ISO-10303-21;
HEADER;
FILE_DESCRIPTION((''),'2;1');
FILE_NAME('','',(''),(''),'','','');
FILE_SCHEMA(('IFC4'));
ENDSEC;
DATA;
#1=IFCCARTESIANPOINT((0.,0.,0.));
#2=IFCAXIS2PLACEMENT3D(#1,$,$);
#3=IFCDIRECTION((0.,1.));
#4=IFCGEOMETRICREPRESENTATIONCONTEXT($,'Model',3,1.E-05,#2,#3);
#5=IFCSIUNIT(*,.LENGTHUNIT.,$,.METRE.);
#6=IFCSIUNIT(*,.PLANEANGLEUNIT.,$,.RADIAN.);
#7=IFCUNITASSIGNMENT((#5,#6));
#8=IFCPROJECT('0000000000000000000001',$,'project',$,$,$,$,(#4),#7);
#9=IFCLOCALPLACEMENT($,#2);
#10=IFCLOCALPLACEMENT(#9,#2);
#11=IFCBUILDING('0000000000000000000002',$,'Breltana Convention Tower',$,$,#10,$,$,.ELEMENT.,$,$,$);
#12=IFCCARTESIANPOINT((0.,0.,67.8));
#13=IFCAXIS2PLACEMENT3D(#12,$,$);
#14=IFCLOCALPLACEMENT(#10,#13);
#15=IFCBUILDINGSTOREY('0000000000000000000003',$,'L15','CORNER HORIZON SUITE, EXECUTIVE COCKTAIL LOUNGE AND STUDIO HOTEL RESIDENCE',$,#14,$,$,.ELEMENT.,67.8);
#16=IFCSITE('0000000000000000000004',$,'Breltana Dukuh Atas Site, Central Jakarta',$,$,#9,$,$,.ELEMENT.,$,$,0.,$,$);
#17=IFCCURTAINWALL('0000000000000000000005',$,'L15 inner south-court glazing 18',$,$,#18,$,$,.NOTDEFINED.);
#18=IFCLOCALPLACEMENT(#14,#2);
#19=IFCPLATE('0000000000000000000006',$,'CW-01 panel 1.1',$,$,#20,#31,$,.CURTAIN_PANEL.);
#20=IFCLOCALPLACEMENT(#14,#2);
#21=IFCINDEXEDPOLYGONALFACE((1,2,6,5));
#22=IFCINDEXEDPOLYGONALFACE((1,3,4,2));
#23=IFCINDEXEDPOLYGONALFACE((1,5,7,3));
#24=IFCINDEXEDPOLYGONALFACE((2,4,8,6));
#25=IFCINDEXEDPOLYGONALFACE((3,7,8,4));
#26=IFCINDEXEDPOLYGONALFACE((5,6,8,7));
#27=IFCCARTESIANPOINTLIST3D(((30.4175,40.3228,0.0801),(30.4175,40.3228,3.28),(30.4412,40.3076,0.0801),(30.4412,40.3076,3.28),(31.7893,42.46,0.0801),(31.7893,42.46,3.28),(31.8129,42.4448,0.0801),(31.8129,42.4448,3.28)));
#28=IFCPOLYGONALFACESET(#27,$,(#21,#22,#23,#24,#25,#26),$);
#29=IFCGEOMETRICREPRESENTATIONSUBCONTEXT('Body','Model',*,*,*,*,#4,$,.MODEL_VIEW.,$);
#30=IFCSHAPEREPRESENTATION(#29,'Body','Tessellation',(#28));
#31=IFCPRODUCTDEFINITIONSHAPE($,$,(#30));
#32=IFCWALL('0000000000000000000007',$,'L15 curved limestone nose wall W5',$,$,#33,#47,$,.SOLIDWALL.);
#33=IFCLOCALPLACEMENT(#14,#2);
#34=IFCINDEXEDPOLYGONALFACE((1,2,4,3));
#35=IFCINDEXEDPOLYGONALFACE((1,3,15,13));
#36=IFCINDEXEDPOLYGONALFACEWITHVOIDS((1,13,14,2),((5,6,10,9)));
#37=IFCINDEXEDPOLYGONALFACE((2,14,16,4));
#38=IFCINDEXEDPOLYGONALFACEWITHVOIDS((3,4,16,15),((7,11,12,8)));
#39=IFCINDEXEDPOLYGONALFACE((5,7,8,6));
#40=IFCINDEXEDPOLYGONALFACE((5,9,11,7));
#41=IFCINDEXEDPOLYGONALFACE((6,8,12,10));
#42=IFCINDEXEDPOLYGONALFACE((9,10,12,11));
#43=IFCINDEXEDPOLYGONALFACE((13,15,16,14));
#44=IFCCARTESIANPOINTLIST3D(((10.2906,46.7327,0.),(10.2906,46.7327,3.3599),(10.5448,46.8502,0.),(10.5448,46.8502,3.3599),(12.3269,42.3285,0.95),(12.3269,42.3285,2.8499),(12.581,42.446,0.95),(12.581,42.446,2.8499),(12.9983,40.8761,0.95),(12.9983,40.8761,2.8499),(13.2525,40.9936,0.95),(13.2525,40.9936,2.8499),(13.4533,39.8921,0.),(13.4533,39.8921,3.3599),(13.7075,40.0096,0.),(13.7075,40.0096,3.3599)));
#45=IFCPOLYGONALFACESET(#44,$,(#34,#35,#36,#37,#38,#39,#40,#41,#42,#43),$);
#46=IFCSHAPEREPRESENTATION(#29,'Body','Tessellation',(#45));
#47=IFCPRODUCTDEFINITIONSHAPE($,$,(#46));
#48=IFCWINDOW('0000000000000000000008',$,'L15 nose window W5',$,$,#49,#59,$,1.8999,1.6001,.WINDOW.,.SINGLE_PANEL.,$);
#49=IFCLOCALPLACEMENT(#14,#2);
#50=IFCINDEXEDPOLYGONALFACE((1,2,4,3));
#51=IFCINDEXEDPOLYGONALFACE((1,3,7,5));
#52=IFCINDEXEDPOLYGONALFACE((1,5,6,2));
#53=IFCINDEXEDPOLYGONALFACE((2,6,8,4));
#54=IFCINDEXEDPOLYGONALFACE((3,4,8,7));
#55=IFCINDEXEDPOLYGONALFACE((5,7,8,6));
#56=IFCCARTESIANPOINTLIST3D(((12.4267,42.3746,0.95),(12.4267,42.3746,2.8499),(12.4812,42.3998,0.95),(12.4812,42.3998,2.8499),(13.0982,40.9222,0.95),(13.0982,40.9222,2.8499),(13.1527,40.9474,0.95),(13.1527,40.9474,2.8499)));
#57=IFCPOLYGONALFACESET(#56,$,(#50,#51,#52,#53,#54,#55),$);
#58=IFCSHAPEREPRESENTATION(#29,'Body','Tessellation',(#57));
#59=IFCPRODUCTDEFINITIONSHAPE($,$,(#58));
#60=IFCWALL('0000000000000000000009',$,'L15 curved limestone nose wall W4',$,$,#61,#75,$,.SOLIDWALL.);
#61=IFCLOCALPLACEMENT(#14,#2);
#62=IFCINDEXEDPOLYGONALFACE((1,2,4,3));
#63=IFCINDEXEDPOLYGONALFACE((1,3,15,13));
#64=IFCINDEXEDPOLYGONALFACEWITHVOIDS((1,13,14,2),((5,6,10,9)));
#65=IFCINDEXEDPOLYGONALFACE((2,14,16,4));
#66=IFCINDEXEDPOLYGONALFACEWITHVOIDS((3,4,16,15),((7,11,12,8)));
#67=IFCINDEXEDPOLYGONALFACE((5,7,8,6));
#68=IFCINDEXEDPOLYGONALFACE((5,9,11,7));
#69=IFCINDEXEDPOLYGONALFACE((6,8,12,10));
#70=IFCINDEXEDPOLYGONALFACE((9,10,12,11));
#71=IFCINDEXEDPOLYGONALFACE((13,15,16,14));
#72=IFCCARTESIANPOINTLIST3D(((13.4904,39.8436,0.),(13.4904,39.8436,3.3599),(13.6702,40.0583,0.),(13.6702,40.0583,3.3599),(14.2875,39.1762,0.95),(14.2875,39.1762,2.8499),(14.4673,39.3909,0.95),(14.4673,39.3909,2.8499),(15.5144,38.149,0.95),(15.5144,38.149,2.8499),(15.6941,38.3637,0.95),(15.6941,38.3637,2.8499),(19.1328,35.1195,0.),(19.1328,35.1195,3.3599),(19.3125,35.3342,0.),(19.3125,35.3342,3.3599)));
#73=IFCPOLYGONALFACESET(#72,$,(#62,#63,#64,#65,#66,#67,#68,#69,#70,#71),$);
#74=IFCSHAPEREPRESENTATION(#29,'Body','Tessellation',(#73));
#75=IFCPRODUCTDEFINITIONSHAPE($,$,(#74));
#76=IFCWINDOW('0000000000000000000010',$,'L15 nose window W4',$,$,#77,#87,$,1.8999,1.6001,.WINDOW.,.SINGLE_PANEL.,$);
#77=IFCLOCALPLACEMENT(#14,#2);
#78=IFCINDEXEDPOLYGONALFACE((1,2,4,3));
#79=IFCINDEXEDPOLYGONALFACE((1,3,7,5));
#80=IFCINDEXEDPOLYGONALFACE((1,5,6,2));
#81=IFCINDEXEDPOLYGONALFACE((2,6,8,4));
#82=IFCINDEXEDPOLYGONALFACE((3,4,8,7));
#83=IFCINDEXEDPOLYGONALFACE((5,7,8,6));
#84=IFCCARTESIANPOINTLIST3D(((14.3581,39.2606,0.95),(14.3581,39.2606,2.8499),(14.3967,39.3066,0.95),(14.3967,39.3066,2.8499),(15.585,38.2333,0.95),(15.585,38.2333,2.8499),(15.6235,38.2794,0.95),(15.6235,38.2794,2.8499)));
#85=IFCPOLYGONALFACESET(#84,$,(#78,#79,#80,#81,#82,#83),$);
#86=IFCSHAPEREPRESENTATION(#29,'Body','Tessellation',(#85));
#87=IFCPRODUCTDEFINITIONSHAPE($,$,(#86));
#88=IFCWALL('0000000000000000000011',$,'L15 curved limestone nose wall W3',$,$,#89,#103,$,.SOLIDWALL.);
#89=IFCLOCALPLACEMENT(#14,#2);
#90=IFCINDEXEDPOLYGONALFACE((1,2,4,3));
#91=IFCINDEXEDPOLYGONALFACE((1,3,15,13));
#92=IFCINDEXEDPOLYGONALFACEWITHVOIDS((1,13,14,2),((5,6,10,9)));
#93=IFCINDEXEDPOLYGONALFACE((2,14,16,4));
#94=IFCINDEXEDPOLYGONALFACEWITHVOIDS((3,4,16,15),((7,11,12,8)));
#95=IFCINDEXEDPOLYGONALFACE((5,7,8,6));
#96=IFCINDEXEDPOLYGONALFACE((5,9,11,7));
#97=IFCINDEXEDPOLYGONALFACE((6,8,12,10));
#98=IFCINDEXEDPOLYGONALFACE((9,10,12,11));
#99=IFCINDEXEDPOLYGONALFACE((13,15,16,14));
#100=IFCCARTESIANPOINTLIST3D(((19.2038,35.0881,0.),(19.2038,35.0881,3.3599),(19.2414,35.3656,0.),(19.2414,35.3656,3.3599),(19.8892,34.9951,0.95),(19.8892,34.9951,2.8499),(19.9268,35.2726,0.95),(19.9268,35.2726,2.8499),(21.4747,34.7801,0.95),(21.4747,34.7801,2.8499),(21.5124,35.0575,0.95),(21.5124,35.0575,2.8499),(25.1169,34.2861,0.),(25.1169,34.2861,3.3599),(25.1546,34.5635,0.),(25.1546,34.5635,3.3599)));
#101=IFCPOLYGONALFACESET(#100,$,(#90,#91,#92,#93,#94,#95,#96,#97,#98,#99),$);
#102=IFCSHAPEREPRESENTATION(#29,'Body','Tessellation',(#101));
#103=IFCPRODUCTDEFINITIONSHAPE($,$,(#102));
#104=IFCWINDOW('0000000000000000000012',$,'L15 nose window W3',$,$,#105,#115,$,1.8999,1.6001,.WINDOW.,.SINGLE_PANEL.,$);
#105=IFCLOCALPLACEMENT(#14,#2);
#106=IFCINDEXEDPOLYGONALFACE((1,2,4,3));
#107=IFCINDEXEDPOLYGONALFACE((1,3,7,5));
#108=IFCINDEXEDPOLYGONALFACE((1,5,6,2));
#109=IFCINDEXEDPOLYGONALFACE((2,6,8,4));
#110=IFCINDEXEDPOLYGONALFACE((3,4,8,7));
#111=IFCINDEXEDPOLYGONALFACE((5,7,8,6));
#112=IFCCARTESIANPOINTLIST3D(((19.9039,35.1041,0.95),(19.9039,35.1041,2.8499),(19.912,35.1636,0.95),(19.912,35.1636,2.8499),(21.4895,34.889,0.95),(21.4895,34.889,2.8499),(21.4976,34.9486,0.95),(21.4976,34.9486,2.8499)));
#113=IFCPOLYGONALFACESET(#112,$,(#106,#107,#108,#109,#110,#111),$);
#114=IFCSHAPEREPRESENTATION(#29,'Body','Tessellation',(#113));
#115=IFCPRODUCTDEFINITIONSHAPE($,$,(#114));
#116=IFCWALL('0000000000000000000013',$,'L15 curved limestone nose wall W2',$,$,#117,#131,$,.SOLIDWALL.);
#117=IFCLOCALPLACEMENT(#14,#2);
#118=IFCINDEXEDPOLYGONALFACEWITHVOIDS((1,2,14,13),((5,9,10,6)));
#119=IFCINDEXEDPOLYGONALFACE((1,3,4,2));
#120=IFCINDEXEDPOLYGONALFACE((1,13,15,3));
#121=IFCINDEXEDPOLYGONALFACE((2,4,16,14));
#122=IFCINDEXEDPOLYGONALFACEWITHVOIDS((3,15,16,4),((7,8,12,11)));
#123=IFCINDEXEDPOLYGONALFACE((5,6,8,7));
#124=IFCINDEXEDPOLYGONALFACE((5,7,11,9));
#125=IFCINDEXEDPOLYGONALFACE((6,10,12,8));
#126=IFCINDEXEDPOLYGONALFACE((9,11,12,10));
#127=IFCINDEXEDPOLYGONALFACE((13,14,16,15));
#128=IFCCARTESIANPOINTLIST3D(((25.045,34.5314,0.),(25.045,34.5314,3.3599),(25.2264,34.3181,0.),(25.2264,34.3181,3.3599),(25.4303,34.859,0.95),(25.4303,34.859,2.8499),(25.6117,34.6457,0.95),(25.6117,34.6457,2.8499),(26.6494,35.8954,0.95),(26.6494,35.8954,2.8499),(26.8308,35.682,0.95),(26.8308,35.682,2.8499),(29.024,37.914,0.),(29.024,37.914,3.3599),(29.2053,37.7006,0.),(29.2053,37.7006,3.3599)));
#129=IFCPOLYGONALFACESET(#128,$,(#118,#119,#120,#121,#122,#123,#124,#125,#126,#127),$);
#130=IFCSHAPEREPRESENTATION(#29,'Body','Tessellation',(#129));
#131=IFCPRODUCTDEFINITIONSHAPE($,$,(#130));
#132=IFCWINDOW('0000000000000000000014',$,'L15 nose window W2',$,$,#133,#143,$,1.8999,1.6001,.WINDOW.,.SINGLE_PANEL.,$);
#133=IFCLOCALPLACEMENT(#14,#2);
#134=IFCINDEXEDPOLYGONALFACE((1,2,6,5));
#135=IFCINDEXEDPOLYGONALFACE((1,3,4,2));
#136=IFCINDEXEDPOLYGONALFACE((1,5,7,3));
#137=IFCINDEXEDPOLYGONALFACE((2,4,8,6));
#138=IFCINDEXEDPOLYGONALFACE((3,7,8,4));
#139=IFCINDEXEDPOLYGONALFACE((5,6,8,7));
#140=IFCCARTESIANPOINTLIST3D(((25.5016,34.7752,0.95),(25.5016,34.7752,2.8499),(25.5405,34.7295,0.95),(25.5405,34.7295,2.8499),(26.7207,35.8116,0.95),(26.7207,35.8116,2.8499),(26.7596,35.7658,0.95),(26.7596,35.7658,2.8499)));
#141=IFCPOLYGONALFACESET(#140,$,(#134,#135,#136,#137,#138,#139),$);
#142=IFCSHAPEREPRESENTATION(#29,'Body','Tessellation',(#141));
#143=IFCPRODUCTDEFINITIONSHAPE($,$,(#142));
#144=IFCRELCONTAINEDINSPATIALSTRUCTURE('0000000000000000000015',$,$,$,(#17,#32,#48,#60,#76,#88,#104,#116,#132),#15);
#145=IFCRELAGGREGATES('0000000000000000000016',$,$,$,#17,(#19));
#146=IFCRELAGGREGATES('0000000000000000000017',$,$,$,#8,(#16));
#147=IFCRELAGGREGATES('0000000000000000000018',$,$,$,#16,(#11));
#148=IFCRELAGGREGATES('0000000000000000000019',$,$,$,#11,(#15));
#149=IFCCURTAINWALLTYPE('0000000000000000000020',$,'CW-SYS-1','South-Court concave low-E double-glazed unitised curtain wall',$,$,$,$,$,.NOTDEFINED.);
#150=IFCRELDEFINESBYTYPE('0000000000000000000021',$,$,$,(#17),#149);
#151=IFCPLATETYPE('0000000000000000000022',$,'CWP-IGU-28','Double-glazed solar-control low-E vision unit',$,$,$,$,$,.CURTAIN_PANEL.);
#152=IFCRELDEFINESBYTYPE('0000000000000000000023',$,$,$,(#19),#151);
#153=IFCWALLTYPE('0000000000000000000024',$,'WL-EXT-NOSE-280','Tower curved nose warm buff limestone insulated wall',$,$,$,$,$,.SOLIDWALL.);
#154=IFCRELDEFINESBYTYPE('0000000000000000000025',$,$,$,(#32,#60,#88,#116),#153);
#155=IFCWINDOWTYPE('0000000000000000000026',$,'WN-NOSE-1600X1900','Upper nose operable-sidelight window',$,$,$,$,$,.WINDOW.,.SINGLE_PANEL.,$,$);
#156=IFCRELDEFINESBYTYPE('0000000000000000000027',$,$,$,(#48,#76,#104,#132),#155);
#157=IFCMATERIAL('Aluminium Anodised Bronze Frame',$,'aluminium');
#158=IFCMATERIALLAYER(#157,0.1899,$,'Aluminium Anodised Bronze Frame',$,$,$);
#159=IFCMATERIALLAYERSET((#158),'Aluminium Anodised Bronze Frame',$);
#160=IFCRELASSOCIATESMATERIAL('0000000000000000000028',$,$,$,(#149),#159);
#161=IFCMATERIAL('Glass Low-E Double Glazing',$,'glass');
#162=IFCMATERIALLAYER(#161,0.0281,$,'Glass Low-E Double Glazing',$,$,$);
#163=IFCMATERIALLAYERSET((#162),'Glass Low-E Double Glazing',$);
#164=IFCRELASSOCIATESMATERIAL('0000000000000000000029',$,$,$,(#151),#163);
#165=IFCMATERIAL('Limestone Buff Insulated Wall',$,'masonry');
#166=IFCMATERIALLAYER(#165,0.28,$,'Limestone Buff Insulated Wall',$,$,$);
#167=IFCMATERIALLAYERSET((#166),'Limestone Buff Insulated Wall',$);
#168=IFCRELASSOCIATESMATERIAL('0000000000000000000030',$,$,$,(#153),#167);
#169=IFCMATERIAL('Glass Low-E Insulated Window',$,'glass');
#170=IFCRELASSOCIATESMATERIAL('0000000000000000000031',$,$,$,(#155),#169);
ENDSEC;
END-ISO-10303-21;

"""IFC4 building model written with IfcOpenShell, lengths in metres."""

from ifc_helpers import new_model, si_unit, direction, frame, frame_2d, origin, origin_2d, place, context, subcontext, project, spatial, rectangle, extrude, source, transform, mapped, material, layer, layer_set, type_object, type_shapes, element, fill, aggregate, save


model = new_model("IFC4")

# Units and contexts
model_context = context("Model", 3, precision=1e-05, world=origin(), true_north=direction((0.0, 1.0)))
body_context = subcontext(model_context, "Body", "Model", "MODEL_VIEW")
ifc_project = project(units=[si_unit("LENGTHUNIT", "METRE"), si_unit("PLANEANGLEUNIT", "RADIAN")], contexts=[model_context])

# Site, building, storey
site_placement = place(None, origin())
site = spatial("IfcSite", under=ifc_project, at=site_placement, Name="Breltana Dukuh Atas Site, Central Jakarta", CompositionType="ELEMENT", RefElevation=0.0)
building_placement = place(site_placement, origin())
building = spatial("IfcBuilding", under=site, at=building_placement, Name="Breltana Convention Tower", CompositionType="ELEMENT")
storey_placement = place(building_placement, frame((0.0, 0.0, 67.8)))
storey = spatial("IfcBuildingStorey", under=building, at=storey_placement, Name="L15", Description="CORNER HORIZON SUITE, EXECUTIVE COCKTAIL LOUNGE AND STUDIO HOTEL RESIDENCE", CompositionType="ELEMENT", Elevation=67.8)

# Curtain wall
ifc_material_1 = material(Name="Aluminium Anodised Bronze Frame", Category="aluminium")
ifc_layer_1 = layer(ifc_material_1, 0.1899, Name="Aluminium Anodised Bronze Frame")
ifc_layer_set_1 = layer_set([ifc_layer_1], Name="Aluminium Anodised Bronze Frame")
curtain_wall_type = type_object("IfcCurtainWallType", Name="CW-SYS-1", Description="South-Court concave low-E double-glazed unitised curtain wall", PredefinedType="NOTDEFINED", material=ifc_layer_set_1)
curtain_wall_1_placement = place(storey_placement, origin())
curtain_wall_1 = element("IfcCurtainWall", 1, at=curtain_wall_1_placement, inside=storey, type_object=curtain_wall_type, Name="L15 inner south-court glazing 18", PredefinedType="NOTDEFINED")

# Plate
ifc_material_2 = material(Name="Glass Low-E Double Glazing", Category="glass")
ifc_layer_2 = layer(ifc_material_2, 0.0281, Name="Glass Low-E Double Glazing")
ifc_layer_set_2 = layer_set([ifc_layer_2], Name="Glass Low-E Double Glazing")
plate_type = type_object("IfcPlateType", Name="CWP-IGU-28", Description="Double-glazed solar-control low-E vision unit", PredefinedType="CURTAIN_PANEL", material=ifc_layer_set_2)
shared_shape_1 = source(origin(), body_context, "Body", "SweptSolid", [
    extrude(rectangle(XDim=2.5396, YDim=0.0281, at=origin_2d()), origin(), (0.0, 0.0, 1.0), 3.2),
])
plate_1_placement = place(storey_placement, frame((31.1152, 41.3838, 0.0801), z_axis=(0.0, 0.0, 1.0), x_axis=(-0.54017, -0.841556, 0.0)))
plate_1 = element("IfcPlate", 2, at=plate_1_placement, type_object=plate_type, Name="CW-01 panel 1.1", PredefinedType="CURTAIN_PANEL", context=body_context, shape_type="MappedRepresentation", body=[
    mapped(shared_shape_1, transform((0.0, 0.0, 0.0), scale=1.0)),
])
aggregate(curtain_wall_1, [plate_1])

# Walls, openings, windows
ifc_material_3 = material(Name="Limestone Buff Insulated Wall", Category="masonry")
ifc_layer_3 = layer(ifc_material_3, 0.28, Name="Limestone Buff Insulated Wall")
ifc_layer_set_3 = layer_set([ifc_layer_3], Name="Limestone Buff Insulated Wall")
wall_type_1 = type_object("IfcWallType", Name="WL-EXT-NOSE-280", Description="Tower curved nose warm buff limestone insulated wall", PredefinedType="SOLIDWALL", material=ifc_layer_set_3)
shared_shape_2 = source(origin(), body_context, "Body", "SweptSolid", [
    extrude(rectangle(XDim=7.5364, YDim=0.28, at=frame_2d((3.7681, 0.0))), origin(), (0.0, 0.0, 1.0), 3.3599),
])
wall_1_placement = place(storey_placement, frame((13.5803, 39.9509, 0.0), z_axis=(0.0, 0.0, 1.0), x_axis=(-0.41965, 0.907686, 0.0)))
wall_1 = element("IfcWall", 3, at=wall_1_placement, inside=storey, type_object=wall_type_1, Name="L15 curved limestone nose wall W5", PredefinedType="SOLIDWALL", context=body_context, shape_type="MappedRepresentation", body=[
    mapped(shared_shape_2, transform((0.0, 0.0, 0.0), scale=1.0)),
])
opening_1_placement = place(wall_1_placement, frame((1.084, 0.0, 0.95)))
opening_1 = element("IfcOpeningElement", 4, at=opening_1_placement, cuts=wall_1, PredefinedType="OPENING", context=body_context, shape_type="SweptSolid", body=[
    extrude(rectangle(XDim=1.6001, YDim=1.8999, at=frame_2d((0.8, 0.95))), frame((0.0, 0.1499, 0.0), z_axis=(0.0, -1.0, 0.0), x_axis=(1.0, 0.0, 0.0)), (0.0, 0.0, 1.0), 0.3),
])
ifc_material_4 = material(Name="Glass Low-E Insulated Window", Category="glass")
window_type = type_object("IfcWindowType", Name="WN-NOSE-1600X1900", Description="Upper nose operable-sidelight window", PartitioningType="SINGLE_PANEL", PredefinedType="WINDOW", material=ifc_material_4)
shared_shape_3 = source(origin(), body_context, "Body", "SweptSolid", [
    extrude(rectangle(XDim=1.6001, YDim=1.8999, at=frame_2d((0.8, 0.95))), frame((0.0, 0.03, 0.0), z_axis=(0.0, -1.0, 0.0), x_axis=(1.0, 0.0, 0.0)), (0.0, 0.0, 1.0), 0.0601),
])
type_shapes(window_type, [shared_shape_3])
window_1_placement = place(opening_1_placement, origin())
window_1 = element("IfcWindow", 5, at=window_1_placement, inside=storey, type_object=window_type, Name="L15 nose window W5", OverallHeight=1.8999, OverallWidth=1.6001, PartitioningType="SINGLE_PANEL", PredefinedType="WINDOW", context=body_context, shape_type="MappedRepresentation", body=[
    mapped(shared_shape_3, transform((0.0, 0.0, 0.0), scale=1.0)),
])
fill(opening_1, window_1)
shared_shape_4 = source(origin(), body_context, "Body", "SweptSolid", [
    extrude(rectangle(XDim=7.3589, YDim=0.28, at=frame_2d((3.6794, 0.0))), origin(), (0.0, 0.0, 1.0), 3.3599),
])
wall_2_placement = place(storey_placement, frame((19.2227, 35.2268, 0.0), z_axis=(0.0, 0.0, 1.0), x_axis=(-0.766737, 0.641961, 0.0)))
wall_2 = element("IfcWall", 6, at=wall_2_placement, inside=storey, type_object=wall_type_1, Name="L15 curved limestone nose wall W4", PredefinedType="SOLIDWALL", context=body_context, shape_type="MappedRepresentation", body=[
    mapped(shared_shape_4, transform((0.0, 0.0, 0.0), scale=1.0)),
])
opening_2_placement = place(wall_2_placement, frame((4.7192, 0.0, 0.95)))
opening_2 = element("IfcOpeningElement", 7, at=opening_2_placement, cuts=wall_2, PredefinedType="OPENING", context=body_context, shape_type="SweptSolid", body=[
    extrude(rectangle(XDim=1.6001, YDim=1.8999, at=frame_2d((0.8, 0.95))), frame((0.0, 0.1499, 0.0), z_axis=(0.0, -1.0, 0.0), x_axis=(1.0, 0.0, 0.0)), (0.0, 0.0, 1.0), 0.3),
])
window_2_placement = place(opening_2_placement, origin())
window_2 = element("IfcWindow", 8, at=window_2_placement, inside=storey, type_object=window_type, Name="L15 nose window W4", OverallHeight=1.8999, OverallWidth=1.6001, PartitioningType="SINGLE_PANEL", PredefinedType="WINDOW", context=body_context, shape_type="MappedRepresentation", body=[
    mapped(shared_shape_3, transform((0.0, 0.0, 0.0), scale=1.0)),
])
fill(opening_2, window_2)
shared_shape_5 = source(origin(), body_context, "Body", "SweptSolid", [
    extrude(rectangle(XDim=5.9673, YDim=0.28, at=frame_2d((2.9836, 0.0))), origin(), (0.0, 0.0, 1.0), 3.3599),
])
wall_3_placement = place(storey_placement, frame((25.1357, 34.4248, 0.0), z_axis=(0.0, 0.0, 1.0), x_axis=(-0.990927, 0.134401, 0.0)))
wall_3 = element("IfcWall", 9, at=wall_3_placement, inside=storey, type_object=wall_type_1, Name="L15 curved limestone nose wall W3", PredefinedType="SOLIDWALL", context=body_context, shape_type="MappedRepresentation", body=[
    mapped(shared_shape_5, transform((0.0, 0.0, 0.0), scale=1.0)),
])
opening_3_placement = place(wall_3_placement, frame((3.6755, 0.0, 0.95)))
opening_3 = element("IfcOpeningElement", 10, at=opening_3_placement, cuts=wall_3, PredefinedType="OPENING", context=body_context, shape_type="SweptSolid", body=[
    extrude(rectangle(XDim=1.6001, YDim=1.8999, at=frame_2d((0.8, 0.95))), frame((0.0, 0.1499, 0.0), z_axis=(0.0, -1.0, 0.0), x_axis=(1.0, 0.0, 0.0)), (0.0, 0.0, 1.0), 0.3),
])
window_3_placement = place(opening_3_placement, origin())
window_3 = element("IfcWindow", 11, at=window_3_placement, inside=storey, type_object=window_type, Name="L15 nose window W3", OverallHeight=1.8999, OverallWidth=1.6001, PartitioningType="SINGLE_PANEL", PredefinedType="WINDOW", context=body_context, shape_type="MappedRepresentation", body=[
    mapped(shared_shape_3, transform((0.0, 0.0, 0.0), scale=1.0)),
])
fill(opening_3, window_3)
shared_shape_6 = source(origin(), body_context, "Body", "SweptSolid", [
    extrude(rectangle(XDim=5.2224, YDim=0.28, at=frame_2d((2.6113, 0.0))), origin(), (0.0, 0.0, 1.0), 3.3599),
])
wall_4_placement = place(storey_placement, frame((29.1147, 37.8074, 0.0), z_axis=(0.0, 0.0, 1.0), x_axis=(-0.7619, -0.647695, 0.0)))
wall_4 = element("IfcWall", 12, at=wall_4_placement, inside=storey, type_object=wall_type_1, Name="L15 curved limestone nose wall W2", PredefinedType="SOLIDWALL", context=body_context, shape_type="MappedRepresentation", body=[
    mapped(shared_shape_6, transform((0.0, 0.0, 0.0), scale=1.0)),
])
opening_4_placement = place(wall_4_placement, frame((3.1167, 0.0, 0.95)))
opening_4 = element("IfcOpeningElement", 13, at=opening_4_placement, cuts=wall_4, PredefinedType="OPENING", context=body_context, shape_type="SweptSolid", body=[
    extrude(rectangle(XDim=1.6001, YDim=1.8999, at=frame_2d((0.8, 0.95))), frame((0.0, 0.1499, 0.0), z_axis=(0.0, -1.0, 0.0), x_axis=(1.0, 0.0, 0.0)), (0.0, 0.0, 1.0), 0.3),
])
window_4_placement = place(opening_4_placement, origin())
window_4 = element("IfcWindow", 14, at=window_4_placement, inside=storey, type_object=window_type, Name="L15 nose window W2", OverallHeight=1.8999, OverallWidth=1.6001, PartitioningType="SINGLE_PANEL", PredefinedType="WINDOW", context=body_context, shape_type="MappedRepresentation", body=[
    mapped(shared_shape_3, transform((0.0, 0.0, 0.0), scale=1.0)),
])
fill(opening_4, window_4)

save(model, "model.ifc")
